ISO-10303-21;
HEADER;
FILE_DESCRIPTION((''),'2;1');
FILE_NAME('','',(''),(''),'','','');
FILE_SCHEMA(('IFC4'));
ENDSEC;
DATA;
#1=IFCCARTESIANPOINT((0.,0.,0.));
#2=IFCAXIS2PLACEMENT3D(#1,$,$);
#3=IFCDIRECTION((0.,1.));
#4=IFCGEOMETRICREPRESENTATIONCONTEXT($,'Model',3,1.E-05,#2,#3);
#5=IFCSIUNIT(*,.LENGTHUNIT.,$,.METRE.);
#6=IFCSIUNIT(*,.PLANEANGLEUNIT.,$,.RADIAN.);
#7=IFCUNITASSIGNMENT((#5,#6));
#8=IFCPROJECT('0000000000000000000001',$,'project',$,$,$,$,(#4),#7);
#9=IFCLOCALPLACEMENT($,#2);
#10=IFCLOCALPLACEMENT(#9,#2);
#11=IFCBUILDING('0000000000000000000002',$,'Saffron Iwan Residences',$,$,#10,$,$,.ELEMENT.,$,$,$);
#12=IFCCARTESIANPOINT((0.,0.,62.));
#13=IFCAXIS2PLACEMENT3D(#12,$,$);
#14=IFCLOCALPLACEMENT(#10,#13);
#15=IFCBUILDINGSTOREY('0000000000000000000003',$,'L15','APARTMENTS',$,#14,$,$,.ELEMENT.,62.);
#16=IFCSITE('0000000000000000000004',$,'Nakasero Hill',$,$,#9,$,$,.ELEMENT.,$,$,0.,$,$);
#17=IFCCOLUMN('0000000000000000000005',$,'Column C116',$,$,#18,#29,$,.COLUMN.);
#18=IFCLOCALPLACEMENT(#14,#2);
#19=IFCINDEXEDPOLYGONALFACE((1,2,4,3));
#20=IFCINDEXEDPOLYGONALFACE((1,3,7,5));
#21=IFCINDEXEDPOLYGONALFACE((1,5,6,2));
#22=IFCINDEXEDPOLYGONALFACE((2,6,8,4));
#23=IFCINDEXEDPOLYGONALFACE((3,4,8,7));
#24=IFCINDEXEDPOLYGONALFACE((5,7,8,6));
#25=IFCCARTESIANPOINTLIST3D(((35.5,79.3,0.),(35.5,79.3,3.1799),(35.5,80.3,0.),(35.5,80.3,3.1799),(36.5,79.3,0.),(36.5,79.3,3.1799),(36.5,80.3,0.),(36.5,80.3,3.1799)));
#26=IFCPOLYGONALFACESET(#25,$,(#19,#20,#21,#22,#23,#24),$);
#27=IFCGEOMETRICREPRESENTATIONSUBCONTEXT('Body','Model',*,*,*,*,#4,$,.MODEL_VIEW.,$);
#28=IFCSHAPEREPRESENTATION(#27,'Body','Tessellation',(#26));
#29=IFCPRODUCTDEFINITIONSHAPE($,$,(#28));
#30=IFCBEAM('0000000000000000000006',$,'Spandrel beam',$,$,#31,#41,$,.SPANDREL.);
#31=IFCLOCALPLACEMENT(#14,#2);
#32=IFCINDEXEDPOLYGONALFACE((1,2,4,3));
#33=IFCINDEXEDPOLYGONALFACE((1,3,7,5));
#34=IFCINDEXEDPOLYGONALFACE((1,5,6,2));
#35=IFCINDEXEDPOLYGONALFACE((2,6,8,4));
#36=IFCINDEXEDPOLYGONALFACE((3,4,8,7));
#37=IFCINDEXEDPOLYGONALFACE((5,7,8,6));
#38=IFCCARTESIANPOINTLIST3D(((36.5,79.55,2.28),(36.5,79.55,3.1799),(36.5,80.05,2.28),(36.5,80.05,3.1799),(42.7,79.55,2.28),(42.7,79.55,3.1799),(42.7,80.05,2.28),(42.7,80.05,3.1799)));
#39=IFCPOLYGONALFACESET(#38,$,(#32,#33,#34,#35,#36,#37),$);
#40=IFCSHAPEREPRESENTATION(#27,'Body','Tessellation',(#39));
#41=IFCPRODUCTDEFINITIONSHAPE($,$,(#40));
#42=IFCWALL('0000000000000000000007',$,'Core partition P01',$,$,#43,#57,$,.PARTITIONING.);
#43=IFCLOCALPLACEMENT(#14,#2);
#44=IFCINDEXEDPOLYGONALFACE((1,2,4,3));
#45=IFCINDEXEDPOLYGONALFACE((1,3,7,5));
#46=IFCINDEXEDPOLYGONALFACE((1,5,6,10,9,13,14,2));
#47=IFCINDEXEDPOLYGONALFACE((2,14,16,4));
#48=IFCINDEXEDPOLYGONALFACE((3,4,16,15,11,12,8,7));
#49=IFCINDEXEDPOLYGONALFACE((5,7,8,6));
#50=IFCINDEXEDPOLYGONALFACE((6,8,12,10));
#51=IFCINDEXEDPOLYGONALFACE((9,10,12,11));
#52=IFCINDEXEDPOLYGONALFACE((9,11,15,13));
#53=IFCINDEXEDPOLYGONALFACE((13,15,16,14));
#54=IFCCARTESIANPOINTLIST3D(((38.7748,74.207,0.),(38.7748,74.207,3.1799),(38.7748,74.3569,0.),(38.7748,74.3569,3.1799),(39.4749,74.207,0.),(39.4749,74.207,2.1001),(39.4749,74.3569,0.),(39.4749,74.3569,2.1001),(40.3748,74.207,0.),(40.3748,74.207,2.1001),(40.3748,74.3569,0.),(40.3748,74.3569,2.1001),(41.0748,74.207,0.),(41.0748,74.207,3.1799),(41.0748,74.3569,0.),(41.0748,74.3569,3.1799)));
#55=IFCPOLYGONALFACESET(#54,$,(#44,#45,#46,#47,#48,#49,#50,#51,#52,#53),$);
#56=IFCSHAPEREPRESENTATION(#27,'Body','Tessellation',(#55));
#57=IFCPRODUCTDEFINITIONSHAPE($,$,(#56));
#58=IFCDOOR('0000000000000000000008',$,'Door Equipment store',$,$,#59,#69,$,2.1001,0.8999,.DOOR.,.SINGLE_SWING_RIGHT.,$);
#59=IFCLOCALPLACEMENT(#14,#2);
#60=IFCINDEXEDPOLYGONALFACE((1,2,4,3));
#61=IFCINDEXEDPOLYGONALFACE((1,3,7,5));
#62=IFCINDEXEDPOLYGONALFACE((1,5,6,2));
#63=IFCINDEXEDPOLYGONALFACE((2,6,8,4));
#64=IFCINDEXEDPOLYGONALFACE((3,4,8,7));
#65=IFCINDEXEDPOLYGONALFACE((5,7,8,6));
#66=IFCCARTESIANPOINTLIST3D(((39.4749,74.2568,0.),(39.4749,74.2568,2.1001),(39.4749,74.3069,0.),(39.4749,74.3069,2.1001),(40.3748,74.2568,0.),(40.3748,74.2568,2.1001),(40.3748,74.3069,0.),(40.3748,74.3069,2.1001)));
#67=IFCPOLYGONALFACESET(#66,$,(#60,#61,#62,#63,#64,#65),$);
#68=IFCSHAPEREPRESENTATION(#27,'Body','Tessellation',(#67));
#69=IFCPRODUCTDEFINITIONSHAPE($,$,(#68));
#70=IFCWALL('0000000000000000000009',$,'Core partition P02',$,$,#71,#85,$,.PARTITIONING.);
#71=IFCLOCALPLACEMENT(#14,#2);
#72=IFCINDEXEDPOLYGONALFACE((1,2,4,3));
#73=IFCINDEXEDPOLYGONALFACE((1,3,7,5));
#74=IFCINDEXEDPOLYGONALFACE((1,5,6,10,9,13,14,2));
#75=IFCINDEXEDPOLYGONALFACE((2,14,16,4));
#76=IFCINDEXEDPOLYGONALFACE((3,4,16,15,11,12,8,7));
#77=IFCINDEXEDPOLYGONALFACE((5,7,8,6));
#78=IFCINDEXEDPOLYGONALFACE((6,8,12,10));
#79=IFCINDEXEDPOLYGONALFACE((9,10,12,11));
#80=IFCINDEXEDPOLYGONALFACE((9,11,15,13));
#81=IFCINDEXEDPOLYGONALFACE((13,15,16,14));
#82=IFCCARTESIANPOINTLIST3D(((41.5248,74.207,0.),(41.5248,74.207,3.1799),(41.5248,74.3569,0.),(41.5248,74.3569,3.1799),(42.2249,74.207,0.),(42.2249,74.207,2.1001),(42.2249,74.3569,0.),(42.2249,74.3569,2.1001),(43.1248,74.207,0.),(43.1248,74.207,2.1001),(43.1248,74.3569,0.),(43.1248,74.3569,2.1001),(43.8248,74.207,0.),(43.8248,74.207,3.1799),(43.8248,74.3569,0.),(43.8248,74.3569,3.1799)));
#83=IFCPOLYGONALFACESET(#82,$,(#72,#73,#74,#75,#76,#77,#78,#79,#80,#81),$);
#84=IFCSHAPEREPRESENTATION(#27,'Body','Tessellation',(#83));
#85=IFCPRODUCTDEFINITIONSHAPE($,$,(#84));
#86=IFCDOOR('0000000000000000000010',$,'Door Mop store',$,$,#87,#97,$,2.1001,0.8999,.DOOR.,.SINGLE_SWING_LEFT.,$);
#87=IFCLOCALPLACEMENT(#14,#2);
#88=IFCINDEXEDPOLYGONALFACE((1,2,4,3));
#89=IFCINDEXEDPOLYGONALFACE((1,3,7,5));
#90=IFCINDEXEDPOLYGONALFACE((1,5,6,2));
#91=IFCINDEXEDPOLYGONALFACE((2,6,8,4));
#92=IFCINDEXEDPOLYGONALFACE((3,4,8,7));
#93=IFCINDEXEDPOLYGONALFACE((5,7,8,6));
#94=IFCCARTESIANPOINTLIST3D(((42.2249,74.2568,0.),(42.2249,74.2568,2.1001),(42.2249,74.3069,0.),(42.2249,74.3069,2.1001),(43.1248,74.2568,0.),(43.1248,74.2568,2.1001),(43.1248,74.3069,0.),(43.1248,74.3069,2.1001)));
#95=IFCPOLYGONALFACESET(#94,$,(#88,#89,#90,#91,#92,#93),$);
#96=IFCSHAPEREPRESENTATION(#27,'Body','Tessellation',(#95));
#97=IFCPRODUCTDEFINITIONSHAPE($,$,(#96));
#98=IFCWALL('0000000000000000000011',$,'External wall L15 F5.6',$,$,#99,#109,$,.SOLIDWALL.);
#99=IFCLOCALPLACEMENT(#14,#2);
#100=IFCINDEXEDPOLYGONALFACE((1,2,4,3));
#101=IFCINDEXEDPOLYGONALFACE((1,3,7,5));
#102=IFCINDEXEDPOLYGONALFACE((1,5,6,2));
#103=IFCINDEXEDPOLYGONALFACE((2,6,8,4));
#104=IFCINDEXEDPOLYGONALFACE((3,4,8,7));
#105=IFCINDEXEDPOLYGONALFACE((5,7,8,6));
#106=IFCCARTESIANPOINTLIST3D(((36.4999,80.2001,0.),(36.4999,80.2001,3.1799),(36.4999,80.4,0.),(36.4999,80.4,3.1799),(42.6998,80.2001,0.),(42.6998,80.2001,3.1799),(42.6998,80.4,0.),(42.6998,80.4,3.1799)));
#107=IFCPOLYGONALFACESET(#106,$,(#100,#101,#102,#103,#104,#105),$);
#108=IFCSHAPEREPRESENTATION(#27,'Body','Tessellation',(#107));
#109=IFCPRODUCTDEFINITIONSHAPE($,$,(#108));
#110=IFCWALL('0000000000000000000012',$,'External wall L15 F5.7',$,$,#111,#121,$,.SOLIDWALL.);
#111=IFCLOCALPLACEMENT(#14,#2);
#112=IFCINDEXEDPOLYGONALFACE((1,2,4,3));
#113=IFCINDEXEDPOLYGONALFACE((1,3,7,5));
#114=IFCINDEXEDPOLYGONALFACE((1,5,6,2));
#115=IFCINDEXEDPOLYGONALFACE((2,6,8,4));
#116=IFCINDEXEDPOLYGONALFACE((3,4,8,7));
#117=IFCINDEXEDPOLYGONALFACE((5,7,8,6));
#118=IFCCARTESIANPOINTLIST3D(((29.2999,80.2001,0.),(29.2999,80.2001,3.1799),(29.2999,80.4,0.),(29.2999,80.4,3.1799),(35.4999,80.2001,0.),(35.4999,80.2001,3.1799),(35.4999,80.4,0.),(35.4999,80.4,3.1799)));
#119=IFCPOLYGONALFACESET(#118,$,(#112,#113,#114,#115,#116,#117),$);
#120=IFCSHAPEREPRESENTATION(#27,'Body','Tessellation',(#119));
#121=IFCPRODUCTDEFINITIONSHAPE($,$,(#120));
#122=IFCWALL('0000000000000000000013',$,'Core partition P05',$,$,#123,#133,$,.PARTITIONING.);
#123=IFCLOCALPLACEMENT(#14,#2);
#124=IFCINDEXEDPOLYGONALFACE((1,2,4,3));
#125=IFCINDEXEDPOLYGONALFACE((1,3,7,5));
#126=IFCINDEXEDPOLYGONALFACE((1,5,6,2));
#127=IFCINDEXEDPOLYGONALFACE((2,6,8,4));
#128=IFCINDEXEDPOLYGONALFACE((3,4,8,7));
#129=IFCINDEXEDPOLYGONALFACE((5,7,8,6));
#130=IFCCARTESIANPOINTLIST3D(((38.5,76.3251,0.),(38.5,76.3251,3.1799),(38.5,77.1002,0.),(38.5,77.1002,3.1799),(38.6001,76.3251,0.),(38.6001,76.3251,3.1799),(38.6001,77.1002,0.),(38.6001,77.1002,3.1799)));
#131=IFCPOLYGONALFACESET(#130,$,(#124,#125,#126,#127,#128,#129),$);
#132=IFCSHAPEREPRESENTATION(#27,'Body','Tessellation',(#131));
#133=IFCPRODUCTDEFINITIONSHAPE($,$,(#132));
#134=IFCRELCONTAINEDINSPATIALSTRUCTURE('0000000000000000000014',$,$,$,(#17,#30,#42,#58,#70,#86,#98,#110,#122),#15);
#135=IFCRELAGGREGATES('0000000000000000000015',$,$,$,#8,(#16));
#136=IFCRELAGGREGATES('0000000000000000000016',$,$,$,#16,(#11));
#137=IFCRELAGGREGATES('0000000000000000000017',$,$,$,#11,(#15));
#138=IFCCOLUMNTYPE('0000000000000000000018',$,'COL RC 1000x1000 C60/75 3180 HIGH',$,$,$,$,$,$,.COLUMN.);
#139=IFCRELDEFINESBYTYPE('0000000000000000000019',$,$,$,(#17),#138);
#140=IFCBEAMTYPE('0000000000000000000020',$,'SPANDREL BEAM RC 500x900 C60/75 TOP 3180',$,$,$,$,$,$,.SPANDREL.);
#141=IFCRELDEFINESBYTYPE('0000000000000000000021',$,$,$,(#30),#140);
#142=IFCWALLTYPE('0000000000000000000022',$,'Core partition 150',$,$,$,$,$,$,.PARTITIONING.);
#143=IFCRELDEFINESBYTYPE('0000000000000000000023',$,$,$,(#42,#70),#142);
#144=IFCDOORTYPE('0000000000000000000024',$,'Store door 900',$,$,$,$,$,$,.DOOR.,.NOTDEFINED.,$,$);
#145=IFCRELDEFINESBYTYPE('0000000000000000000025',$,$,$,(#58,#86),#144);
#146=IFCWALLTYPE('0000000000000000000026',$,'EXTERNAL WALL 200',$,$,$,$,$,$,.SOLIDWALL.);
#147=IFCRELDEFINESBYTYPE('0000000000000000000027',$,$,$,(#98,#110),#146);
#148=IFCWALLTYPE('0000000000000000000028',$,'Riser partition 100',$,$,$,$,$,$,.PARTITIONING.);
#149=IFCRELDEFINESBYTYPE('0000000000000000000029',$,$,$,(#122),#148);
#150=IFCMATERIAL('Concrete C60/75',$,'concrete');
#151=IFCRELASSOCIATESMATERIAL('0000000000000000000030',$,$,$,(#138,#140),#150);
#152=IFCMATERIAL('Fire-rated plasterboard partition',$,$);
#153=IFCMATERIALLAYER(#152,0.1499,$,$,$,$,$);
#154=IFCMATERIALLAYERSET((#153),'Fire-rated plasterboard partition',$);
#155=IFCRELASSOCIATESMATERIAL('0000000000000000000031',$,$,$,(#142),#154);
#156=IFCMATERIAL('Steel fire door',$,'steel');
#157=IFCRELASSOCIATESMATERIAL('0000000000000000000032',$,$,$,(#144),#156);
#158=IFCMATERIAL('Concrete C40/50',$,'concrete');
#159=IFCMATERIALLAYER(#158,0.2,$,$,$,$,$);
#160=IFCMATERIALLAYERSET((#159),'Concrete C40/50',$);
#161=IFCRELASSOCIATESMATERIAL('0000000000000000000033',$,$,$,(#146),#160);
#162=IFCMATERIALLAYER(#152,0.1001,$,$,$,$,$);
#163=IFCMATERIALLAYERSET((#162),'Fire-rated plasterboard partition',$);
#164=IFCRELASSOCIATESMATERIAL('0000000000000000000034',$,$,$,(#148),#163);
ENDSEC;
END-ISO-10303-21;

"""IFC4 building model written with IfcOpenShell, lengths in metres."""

from ifc_helpers import new_model, si_unit, direction, frame, frame_2d, origin, origin_2d, place, context, subcontext, project, spatial, rectangle, extrude, source, transform, mapped, material, layer, layer_set, material_profile, profile_set, type_object, element, fill, save


model = new_model("IFC4")

# Units and contexts
model_context = context("Model", 3, precision=1e-05, world=origin(), true_north=direction((0.0, 1.0)))
body_context = subcontext(model_context, "Body", "Model", "MODEL_VIEW")
ifc_project = project(units=[si_unit("LENGTHUNIT", "METRE"), si_unit("PLANEANGLEUNIT", "RADIAN")], contexts=[model_context])

# Site, building, storey
site_placement = place(None, origin())
site = spatial("IfcSite", under=ifc_project, at=site_placement, Name="Nakasero Hill", CompositionType="ELEMENT", RefElevation=0.0)
building_placement = place(site_placement, origin())
building = spatial("IfcBuilding", under=site, at=building_placement, Name="Saffron Iwan Residences", CompositionType="ELEMENT")
storey_placement = place(building_placement, frame((0.0, 0.0, 62.0)))
storey = spatial("IfcBuildingStorey", under=building, at=storey_placement, Name="L15", Description="APARTMENTS", CompositionType="ELEMENT", Elevation=62.0)

# Column
ifc_material_1 = material(Name="Concrete C60/75", Category="concrete")
ifc_material_profile_1 = material_profile(ifc_material_1, rectangle(XDim=1.0, YDim=1.0, at=origin_2d()), Name="RC 1000x1000")
ifc_profile_set_1 = profile_set([ifc_material_profile_1], Name="Concrete C60/75")
column_type = type_object("IfcColumnType", Name="COL RC 1000x1000 C60/75 3180 HIGH", PredefinedType="COLUMN", material=ifc_profile_set_1)
shared_shape_1 = source(origin(), body_context, "Body", "SweptSolid", [
    extrude(rectangle(XDim=1.0, YDim=1.0, at=origin_2d()), origin(), (0.0, 0.0, 1.0), 3.1799),
])
column_placement = place(storey_placement, frame((36.0, 79.8, 0.0), z_axis=(0.0, 0.0, 1.0), x_axis=(1.0, 0.0, 0.0)))
element("IfcColumn", 1, at=column_placement, inside=storey, type_object=column_type, Name="Column C116", PredefinedType="COLUMN", context=body_context, shape_type="MappedRepresentation", body=[
    mapped(shared_shape_1, transform((0.0, 0.0, 0.0))),
])

# Beam
ifc_material_profile_2 = material_profile(ifc_material_1, rectangle(XDim=0.5, YDim=0.8999, at=origin_2d()), Name="RC 500x900")
ifc_profile_set_2 = profile_set([ifc_material_profile_2], Name="Concrete C60/75")
beam_type = type_object("IfcBeamType", Name="SPANDREL BEAM RC 500x900 C60/75 TOP 3180", PredefinedType="SPANDREL", material=ifc_profile_set_2)
shared_shape_2 = source(origin(), body_context, "Body", "SweptSolid", [
    extrude(rectangle(XDim=0.5, YDim=0.8999, at=origin_2d()), origin(), (0.0, 0.0, 1.0), 6.2),
])
beam_placement = place(storey_placement, frame((36.5, 79.8, 2.73), z_axis=(1.0, 0.0, 0.0), x_axis=(0.0, 1.0, 0.0)))
element("IfcBeam", 2, at=beam_placement, inside=storey, type_object=beam_type, Name="Spandrel beam", PredefinedType="SPANDREL", context=body_context, shape_type="MappedRepresentation", body=[
    mapped(shared_shape_2, transform((0.0, 0.0, 0.0))),
])

# Walls, openings, doors
ifc_material_2 = material(Name="Fire-rated plasterboard partition")
ifc_layer_1 = layer(ifc_material_2, 0.1499)
ifc_layer_set_1 = layer_set([ifc_layer_1], Name="Fire-rated plasterboard partition")
wall_type_1 = type_object("IfcWallType", Name="Core partition 150", PredefinedType="PARTITIONING", material=ifc_layer_set_1)
wall_1_placement = place(storey_placement, frame((38.7749, 74.282, 0.0), z_axis=(0.0, 0.0, 1.0), x_axis=(1.0, 0.0, 0.0)))
wall_1 = element("IfcWall", 3, at=wall_1_placement, inside=storey, type_object=wall_type_1, Name="Core partition P01", PredefinedType="PARTITIONING", context=body_context, shape_type="SweptSolid", body=[
    extrude(rectangle(XDim=2.3, YDim=0.1499, at=frame_2d((1.1499, 0.0))), origin(), (0.0, 0.0, 1.0), 3.1799),
])
opening_1_placement = place(wall_1_placement, frame((0.7, 0.0, 0.0)))
opening_1 = element("IfcOpeningElement", 4, at=opening_1_placement, cuts=wall_1, PredefinedType="OPENING", context=body_context, shape_type="SweptSolid", body=[
    extrude(rectangle(XDim=0.8999, YDim=2.1001, at=frame_2d((0.45, 1.05))), frame((0.0, 0.085, 0.0), z_axis=(0.0, -1.0, 0.0), x_axis=(1.0, 0.0, 0.0)), (0.0, 0.0, 1.0), 0.1699),
])
ifc_material_3 = material(Name="Steel fire door", Category="steel")
door_type_1 = type_object("IfcDoorType", Name="Store door 900", OperationType="NOTDEFINED", PredefinedType="DOOR", material=ifc_material_3)
door_1_placement = place(opening_1_placement, origin())
door_1 = element("IfcDoor", 5, at=door_1_placement, inside=storey, type_object=door_type_1, Name="Door Equipment store", OperationType="SINGLE_SWING_RIGHT", OverallHeight=2.1001, OverallWidth=0.8999, PredefinedType="DOOR", context=body_context, shape_type="SweptSolid", body=[
    extrude(rectangle(XDim=0.8999, YDim=2.1001, at=frame_2d((0.45, 1.05))), frame((0.0, 0.0249, 0.0), z_axis=(0.0, -1.0, 0.0), x_axis=(1.0, 0.0, 0.0)), (0.0, 0.0, 1.0), 0.05),
])
fill(opening_1, door_1)
wall_2_placement = place(storey_placement, frame((41.5249, 74.282, 0.0), z_axis=(0.0, 0.0, 1.0), x_axis=(1.0, 0.0, 0.0)))
wall_2 = element("IfcWall", 6, at=wall_2_placement, inside=storey, type_object=wall_type_1, Name="Core partition P02", PredefinedType="PARTITIONING", context=body_context, shape_type="SweptSolid", body=[
    extrude(rectangle(XDim=2.3, YDim=0.1499, at=frame_2d((1.1499, 0.0))), origin(), (0.0, 0.0, 1.0), 3.1799),
])
opening_2_placement = place(wall_2_placement, frame((0.7, 0.0, 0.0)))
opening_2 = element("IfcOpeningElement", 7, at=opening_2_placement, cuts=wall_2, PredefinedType="OPENING", context=body_context, shape_type="SweptSolid", body=[
    extrude(rectangle(XDim=0.8999, YDim=2.1001, at=frame_2d((0.45, 1.05))), frame((0.0, 0.085, 0.0), z_axis=(0.0, -1.0, 0.0), x_axis=(1.0, 0.0, 0.0)), (0.0, 0.0, 1.0), 0.1699),
])
door_2_placement = place(opening_2_placement, origin())
door_2 = element("IfcDoor", 8, at=door_2_placement, inside=storey, type_object=door_type_1, Name="Door Mop store", OperationType="SINGLE_SWING_LEFT", OverallHeight=2.1001, OverallWidth=0.8999, PredefinedType="DOOR", context=body_context, shape_type="SweptSolid", body=[
    extrude(rectangle(XDim=0.8999, YDim=2.1001, at=frame_2d((0.45, 1.05))), frame((0.0, 0.0249, 0.0), z_axis=(0.0, -1.0, 0.0), x_axis=(1.0, 0.0, 0.0)), (0.0, 0.0, 1.0), 0.05),
])
fill(opening_2, door_2)

# Walls
ifc_material_4 = material(Name="Concrete C40/50", Category="concrete")
ifc_layer_2 = layer(ifc_material_4, 0.2)
ifc_layer_set_2 = layer_set([ifc_layer_2], Name="Concrete C40/50")
wall_type_2 = type_object("IfcWallType", Name="EXTERNAL WALL 200", PredefinedType="SOLIDWALL", material=ifc_layer_set_2)
for number, where, z_axis, x_axis, name in (
    (9, (42.7, 80.3, 0.0), (0.0, 0.0, 1.0), (-1.0, 0.0, 0.0), "External wall L15 F5.6"),
    (10, (35.5, 80.3, 0.0), (0.0, 0.0, 1.0), (-1.0, 0.0, 0.0), "External wall L15 F5.7"),
):
    element("IfcWall", number, at=place(storey_placement, frame(where, z_axis=z_axis, x_axis=x_axis)), inside=storey, type_object=wall_type_2, Name=name, PredefinedType="SOLIDWALL", context=body_context, shape_type="SweptSolid", body=[
        extrude(rectangle(XDim=6.2, YDim=0.2, at=frame_2d((3.1001, 0.0))), origin(), (0.0, 0.0, 1.0), 3.1799),
    ])
ifc_layer_3 = layer(ifc_material_2, 0.1001)
ifc_layer_set_3 = layer_set([ifc_layer_3], Name="Fire-rated plasterboard partition")
wall_type_3 = type_object("IfcWallType", Name="Riser partition 100", PredefinedType="PARTITIONING", material=ifc_layer_set_3)
wall_3_placement = place(storey_placement, frame((38.55, 76.325, 0.0), z_axis=(0.0, 0.0, 1.0), x_axis=(0.0, 1.0, 0.0)))
element("IfcWall", 11, at=wall_3_placement, inside=storey, type_object=wall_type_3, Name="Core partition P05", PredefinedType="PARTITIONING", context=body_context, shape_type="SweptSolid", body=[
    extrude(rectangle(XDim=0.7751, YDim=0.1001, at=frame_2d((0.3877, 0.0))), origin(), (0.0, 0.0, 1.0), 3.1799),
])

save(model, "model.ifc")
